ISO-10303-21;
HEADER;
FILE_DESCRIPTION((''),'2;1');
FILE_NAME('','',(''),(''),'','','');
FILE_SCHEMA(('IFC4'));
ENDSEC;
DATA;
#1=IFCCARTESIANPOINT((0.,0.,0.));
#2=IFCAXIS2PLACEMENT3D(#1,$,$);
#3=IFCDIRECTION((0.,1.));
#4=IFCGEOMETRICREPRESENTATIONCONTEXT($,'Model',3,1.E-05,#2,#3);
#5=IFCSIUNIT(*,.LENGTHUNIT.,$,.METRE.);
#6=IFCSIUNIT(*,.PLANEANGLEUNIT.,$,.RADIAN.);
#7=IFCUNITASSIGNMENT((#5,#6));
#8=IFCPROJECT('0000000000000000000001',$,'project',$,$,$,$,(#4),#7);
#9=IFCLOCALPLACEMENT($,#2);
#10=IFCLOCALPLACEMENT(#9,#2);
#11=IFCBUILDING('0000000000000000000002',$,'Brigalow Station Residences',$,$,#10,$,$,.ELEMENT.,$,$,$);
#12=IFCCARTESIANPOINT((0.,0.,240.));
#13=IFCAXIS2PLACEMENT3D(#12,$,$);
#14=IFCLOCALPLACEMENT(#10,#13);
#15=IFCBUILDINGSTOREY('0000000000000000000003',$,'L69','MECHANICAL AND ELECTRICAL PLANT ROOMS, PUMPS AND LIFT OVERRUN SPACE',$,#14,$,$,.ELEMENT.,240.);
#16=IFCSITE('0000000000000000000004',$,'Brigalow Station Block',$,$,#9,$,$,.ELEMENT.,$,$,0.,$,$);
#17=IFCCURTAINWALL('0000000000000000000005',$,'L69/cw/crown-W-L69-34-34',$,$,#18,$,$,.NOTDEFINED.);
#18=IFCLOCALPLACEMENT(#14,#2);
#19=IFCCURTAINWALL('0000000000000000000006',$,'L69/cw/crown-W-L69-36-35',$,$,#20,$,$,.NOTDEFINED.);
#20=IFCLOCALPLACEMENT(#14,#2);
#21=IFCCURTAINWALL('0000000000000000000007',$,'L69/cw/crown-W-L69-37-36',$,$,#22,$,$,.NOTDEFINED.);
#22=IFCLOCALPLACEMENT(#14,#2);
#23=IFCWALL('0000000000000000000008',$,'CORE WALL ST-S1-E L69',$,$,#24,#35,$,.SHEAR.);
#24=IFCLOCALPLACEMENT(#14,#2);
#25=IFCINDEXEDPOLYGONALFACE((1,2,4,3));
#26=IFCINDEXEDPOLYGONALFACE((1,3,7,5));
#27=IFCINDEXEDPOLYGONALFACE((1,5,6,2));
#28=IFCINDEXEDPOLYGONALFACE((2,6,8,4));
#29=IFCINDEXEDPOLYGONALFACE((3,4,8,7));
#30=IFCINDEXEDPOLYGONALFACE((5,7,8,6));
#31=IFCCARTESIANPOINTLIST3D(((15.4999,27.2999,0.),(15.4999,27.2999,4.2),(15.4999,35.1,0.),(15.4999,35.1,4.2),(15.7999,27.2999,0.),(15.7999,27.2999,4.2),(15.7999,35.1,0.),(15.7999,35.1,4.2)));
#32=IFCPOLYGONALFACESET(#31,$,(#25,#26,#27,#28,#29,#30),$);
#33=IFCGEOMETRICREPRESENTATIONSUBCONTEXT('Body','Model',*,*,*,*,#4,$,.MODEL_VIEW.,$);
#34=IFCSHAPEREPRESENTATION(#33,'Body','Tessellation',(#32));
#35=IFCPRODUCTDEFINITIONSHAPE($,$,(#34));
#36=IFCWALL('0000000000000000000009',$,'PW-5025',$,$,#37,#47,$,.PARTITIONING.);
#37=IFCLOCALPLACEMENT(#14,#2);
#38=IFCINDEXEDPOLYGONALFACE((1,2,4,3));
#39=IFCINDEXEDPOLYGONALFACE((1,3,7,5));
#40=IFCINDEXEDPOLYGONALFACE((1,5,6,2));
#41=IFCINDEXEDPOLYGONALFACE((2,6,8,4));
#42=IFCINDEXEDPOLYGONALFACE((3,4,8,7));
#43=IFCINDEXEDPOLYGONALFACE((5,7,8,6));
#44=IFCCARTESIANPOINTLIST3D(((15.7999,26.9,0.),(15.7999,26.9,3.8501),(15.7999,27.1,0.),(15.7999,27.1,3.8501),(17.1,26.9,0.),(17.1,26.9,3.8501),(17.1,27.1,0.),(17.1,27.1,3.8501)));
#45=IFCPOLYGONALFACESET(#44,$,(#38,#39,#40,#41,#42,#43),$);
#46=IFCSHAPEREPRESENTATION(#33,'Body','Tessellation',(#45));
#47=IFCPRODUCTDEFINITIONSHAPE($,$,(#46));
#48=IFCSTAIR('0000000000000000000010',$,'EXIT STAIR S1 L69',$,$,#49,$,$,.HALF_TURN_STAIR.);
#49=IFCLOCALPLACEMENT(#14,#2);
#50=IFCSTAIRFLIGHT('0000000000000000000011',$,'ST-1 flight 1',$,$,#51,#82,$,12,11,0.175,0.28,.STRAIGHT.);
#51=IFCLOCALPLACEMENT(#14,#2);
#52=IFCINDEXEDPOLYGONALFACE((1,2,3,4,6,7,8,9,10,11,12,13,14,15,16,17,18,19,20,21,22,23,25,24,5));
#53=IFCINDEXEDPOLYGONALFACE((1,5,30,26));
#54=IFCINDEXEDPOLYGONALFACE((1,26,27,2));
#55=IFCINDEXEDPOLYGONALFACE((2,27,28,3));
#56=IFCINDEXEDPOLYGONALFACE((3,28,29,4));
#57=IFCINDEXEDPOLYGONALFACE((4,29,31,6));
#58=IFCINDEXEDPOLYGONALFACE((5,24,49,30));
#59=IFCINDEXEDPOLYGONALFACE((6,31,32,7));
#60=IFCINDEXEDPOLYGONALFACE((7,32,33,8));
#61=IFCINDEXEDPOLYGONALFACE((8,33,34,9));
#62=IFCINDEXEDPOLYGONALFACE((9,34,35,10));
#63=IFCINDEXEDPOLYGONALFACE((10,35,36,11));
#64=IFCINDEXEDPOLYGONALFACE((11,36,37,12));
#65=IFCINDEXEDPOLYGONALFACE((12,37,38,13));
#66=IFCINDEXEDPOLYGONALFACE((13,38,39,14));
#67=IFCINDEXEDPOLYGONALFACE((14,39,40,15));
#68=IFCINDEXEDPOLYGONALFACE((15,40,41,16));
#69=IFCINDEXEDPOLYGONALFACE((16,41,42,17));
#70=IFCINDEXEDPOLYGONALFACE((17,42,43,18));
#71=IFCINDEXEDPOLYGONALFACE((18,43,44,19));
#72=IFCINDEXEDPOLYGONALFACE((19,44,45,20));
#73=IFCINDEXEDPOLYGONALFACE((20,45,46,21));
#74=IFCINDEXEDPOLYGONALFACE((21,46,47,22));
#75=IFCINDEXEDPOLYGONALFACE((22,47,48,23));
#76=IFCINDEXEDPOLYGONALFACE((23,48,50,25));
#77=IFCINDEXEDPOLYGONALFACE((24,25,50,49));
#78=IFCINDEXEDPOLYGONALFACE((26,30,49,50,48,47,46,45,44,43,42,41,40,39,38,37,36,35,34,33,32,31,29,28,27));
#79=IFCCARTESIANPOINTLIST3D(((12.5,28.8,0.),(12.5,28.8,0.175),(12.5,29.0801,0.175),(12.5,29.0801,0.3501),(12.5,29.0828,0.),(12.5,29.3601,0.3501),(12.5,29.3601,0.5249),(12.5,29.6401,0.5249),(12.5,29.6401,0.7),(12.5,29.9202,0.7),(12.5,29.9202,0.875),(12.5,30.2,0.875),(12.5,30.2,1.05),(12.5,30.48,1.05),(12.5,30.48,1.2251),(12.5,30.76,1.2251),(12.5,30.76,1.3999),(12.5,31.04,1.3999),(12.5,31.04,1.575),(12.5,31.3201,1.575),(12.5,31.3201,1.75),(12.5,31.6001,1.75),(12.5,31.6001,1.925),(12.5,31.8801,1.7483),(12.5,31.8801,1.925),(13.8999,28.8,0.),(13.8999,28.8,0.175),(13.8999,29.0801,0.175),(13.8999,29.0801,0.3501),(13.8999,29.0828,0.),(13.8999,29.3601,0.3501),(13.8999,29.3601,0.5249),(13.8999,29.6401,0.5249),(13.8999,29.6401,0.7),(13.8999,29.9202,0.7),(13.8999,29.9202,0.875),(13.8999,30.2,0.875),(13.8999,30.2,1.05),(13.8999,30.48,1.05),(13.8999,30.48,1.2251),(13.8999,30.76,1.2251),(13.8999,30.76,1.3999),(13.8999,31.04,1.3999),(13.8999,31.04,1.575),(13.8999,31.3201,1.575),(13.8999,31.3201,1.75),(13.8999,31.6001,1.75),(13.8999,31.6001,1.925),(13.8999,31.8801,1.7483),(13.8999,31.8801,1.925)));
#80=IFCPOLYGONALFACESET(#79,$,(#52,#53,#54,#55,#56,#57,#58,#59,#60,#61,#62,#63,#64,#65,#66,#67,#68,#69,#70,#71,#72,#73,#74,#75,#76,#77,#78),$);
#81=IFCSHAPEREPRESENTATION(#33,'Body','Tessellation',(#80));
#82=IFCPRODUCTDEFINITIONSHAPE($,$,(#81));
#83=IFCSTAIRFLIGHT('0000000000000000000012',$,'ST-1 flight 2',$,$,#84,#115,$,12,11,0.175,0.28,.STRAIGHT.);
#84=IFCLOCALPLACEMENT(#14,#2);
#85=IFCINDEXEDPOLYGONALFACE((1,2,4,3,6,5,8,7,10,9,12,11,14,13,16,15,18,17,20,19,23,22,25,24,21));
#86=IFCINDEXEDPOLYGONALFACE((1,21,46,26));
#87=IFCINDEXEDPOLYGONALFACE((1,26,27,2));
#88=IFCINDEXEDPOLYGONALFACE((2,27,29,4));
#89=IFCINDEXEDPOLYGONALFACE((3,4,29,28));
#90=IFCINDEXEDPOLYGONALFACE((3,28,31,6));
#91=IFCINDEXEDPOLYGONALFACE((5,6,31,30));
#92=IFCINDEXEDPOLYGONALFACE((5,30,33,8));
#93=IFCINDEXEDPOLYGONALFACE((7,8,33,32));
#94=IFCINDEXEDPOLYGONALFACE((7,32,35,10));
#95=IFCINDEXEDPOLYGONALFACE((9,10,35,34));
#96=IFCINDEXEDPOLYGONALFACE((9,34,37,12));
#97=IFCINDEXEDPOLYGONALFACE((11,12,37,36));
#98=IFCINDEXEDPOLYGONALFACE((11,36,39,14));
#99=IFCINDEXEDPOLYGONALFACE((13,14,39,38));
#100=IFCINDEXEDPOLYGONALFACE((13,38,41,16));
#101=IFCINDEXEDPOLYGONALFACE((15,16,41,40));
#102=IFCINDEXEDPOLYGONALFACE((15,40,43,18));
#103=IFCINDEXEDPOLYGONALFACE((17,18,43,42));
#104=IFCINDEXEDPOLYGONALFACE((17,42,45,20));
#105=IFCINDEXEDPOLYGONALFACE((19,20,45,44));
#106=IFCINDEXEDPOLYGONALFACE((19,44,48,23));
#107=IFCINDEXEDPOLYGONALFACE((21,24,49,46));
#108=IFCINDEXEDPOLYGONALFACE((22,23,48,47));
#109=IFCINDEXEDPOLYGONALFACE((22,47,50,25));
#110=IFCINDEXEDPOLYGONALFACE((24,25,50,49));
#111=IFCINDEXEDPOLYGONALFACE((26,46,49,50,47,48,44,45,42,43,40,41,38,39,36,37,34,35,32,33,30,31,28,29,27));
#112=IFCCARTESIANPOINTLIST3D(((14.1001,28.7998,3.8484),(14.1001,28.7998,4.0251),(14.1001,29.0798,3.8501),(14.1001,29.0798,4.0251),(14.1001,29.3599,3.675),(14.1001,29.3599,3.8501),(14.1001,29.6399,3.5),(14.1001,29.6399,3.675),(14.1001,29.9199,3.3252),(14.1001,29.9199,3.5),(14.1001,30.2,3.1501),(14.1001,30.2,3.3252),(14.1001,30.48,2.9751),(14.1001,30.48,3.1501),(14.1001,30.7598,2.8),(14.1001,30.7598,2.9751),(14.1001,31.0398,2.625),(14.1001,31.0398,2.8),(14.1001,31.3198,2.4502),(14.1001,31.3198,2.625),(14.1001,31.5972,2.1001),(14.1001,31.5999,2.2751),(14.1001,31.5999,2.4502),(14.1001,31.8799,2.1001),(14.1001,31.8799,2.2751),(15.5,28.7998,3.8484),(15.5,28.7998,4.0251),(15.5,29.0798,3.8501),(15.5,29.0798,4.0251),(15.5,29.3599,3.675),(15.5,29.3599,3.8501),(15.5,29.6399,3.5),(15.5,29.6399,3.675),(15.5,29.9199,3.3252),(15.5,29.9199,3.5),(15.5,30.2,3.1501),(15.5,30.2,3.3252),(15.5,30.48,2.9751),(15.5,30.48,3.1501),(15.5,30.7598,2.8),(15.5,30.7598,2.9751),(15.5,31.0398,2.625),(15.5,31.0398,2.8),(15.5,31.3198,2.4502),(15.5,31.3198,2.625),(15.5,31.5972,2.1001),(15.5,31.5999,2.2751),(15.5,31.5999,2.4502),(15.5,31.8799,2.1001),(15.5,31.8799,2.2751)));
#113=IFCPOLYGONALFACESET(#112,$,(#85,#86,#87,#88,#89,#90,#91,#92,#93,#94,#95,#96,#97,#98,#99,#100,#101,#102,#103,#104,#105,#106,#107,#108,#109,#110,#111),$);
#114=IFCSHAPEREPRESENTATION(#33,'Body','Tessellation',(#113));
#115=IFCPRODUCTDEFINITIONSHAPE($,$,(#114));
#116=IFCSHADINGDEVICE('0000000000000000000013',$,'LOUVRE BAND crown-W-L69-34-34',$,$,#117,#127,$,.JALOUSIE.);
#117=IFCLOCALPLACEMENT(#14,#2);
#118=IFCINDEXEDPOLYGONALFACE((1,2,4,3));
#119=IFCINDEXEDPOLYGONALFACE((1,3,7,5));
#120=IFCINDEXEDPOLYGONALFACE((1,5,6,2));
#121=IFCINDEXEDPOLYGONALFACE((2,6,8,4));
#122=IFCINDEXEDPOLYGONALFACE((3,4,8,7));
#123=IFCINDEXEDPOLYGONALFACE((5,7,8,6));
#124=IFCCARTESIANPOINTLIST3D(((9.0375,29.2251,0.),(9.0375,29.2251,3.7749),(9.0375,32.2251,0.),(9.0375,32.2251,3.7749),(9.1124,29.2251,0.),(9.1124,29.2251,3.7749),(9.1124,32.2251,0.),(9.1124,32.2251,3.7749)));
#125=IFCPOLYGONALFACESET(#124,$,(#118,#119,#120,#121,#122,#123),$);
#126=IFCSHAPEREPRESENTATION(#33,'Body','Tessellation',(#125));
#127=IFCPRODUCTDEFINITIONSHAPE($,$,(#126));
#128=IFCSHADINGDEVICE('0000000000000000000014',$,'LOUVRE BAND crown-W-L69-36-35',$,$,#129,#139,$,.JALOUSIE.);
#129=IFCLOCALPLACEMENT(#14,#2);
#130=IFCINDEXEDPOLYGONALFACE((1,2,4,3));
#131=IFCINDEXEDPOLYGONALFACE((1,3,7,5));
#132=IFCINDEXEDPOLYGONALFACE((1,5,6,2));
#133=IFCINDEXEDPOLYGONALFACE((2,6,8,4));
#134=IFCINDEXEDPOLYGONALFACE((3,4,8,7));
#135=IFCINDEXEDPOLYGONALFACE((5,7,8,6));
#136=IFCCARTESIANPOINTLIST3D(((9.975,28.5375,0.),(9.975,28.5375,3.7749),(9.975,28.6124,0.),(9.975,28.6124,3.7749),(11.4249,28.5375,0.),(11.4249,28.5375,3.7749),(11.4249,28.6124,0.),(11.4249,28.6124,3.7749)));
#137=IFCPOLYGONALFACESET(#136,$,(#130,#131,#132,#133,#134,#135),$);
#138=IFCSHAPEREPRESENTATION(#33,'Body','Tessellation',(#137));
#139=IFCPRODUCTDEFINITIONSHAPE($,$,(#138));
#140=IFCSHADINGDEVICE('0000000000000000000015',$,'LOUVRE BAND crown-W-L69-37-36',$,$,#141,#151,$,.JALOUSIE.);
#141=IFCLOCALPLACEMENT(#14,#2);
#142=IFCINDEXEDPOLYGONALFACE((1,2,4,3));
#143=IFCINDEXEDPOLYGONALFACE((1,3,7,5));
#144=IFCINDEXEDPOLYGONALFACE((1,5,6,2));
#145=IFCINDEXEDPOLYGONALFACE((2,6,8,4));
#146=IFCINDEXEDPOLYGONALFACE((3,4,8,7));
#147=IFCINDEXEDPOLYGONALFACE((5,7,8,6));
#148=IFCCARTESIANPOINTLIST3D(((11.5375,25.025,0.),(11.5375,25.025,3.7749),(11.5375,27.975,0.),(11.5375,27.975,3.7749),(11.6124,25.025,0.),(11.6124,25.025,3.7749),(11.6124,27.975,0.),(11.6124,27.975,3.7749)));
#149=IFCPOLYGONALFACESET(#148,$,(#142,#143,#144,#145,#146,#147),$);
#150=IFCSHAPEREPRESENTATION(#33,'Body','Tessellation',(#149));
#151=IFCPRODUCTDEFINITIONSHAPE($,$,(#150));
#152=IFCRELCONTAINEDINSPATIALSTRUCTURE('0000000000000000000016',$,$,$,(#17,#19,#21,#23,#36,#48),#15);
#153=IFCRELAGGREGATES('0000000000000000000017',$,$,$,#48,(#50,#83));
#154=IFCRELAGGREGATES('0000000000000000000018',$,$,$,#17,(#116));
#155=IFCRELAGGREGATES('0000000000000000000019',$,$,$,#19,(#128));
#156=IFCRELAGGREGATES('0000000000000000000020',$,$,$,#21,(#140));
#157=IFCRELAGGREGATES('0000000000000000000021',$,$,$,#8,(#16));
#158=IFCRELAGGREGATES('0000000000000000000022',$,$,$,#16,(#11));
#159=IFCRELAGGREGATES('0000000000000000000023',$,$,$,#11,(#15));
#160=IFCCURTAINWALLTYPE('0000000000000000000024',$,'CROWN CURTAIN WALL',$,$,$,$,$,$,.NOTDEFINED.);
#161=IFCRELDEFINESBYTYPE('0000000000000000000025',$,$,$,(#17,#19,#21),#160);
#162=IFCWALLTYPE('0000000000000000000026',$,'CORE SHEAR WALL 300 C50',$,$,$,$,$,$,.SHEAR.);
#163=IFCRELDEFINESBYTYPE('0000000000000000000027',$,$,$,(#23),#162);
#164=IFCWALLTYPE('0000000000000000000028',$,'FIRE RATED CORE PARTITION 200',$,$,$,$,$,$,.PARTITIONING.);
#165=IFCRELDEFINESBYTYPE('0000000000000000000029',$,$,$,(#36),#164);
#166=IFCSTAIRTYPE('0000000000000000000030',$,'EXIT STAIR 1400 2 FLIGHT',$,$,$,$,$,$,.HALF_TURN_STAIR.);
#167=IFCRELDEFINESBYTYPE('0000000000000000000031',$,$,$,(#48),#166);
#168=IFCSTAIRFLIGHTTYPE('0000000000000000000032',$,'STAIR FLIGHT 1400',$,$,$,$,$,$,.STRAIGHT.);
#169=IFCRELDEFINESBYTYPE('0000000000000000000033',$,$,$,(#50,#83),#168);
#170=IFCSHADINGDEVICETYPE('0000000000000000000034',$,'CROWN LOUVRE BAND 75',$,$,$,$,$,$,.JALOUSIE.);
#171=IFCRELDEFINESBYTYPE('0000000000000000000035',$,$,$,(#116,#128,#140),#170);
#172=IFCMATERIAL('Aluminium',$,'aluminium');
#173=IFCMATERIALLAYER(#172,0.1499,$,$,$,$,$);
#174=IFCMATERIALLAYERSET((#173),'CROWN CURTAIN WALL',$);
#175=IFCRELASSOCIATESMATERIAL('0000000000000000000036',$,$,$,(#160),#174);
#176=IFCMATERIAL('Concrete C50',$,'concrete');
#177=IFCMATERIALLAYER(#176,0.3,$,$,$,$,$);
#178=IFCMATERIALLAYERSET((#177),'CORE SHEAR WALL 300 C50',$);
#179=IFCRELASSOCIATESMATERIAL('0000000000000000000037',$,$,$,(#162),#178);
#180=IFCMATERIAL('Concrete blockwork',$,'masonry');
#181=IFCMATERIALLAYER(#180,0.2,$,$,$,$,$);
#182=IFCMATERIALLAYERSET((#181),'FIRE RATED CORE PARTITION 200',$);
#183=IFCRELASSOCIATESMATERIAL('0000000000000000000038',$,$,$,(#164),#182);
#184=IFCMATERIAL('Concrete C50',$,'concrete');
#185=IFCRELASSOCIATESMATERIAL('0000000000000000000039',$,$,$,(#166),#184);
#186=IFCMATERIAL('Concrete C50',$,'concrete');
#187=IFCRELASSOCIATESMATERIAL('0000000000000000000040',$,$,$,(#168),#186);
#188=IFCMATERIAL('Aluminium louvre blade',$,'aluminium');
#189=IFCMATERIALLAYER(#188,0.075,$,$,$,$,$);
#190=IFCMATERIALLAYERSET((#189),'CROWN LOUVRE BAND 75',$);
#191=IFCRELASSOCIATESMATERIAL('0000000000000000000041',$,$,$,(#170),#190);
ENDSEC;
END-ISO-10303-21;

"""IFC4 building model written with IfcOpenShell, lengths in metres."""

from ifc_helpers import new_model, si_unit, direction, frame, frame_2d, origin, origin_2d, place, context, subcontext, project, spatial, polyline, rectangle, outline, extrude, material, layer, layer_set, type_object, element, aggregate, save


model = new_model("IFC4")

# Units and contexts
model_context = context("Model", 3, precision=1e-05, world=origin(), true_north=direction((0.0, 1.0)))
body_context = subcontext(model_context, "Body", "Model", "MODEL_VIEW")
ifc_project = project(units=[si_unit("LENGTHUNIT", "METRE"), si_unit("PLANEANGLEUNIT", "RADIAN")], contexts=[model_context])

# Site, building, storey
site_placement = place(None, origin())
site = spatial("IfcSite", under=ifc_project, at=site_placement, Name="Brigalow Station Block", CompositionType="ELEMENT", RefElevation=0.0)
building_placement = place(site_placement, origin())
building = spatial("IfcBuilding", under=site, at=building_placement, Name="Brigalow Station Residences", CompositionType="ELEMENT")
storey_placement = place(building_placement, frame((0.0, 0.0, 240.0)))
storey = spatial("IfcBuildingStorey", under=building, at=storey_placement, Name="L69", Description="MECHANICAL AND ELECTRICAL PLANT ROOMS, PUMPS AND LIFT OVERRUN SPACE", CompositionType="ELEMENT", Elevation=240.0)

# Curtain wall
ifc_material_1 = material(Name="Aluminium", Category="aluminium")
ifc_layer_1 = layer(ifc_material_1, 0.1499)
ifc_layer_set_1 = layer_set([ifc_layer_1], Name="CROWN CURTAIN WALL")
curtain_wall_type = type_object("IfcCurtainWallType", Name="CROWN CURTAIN WALL", PredefinedType="NOTDEFINED", material=ifc_layer_set_1)
curtain_wall_1_placement = place(storey_placement, origin())
curtain_wall_1 = element("IfcCurtainWall", 1, at=curtain_wall_1_placement, inside=storey, type_object=curtain_wall_type, Name="L69/cw/crown-W-L69-34-34", PredefinedType="NOTDEFINED")

# Curtain walls
curtain_wall_2_placement = place(storey_placement, origin())
curtain_wall_2 = element("IfcCurtainWall", 2, at=curtain_wall_2_placement, inside=storey, type_object=curtain_wall_type, Name="L69/cw/crown-W-L69-36-35", PredefinedType="NOTDEFINED")
curtain_wall_3_placement = place(storey_placement, origin())
curtain_wall_3 = element("IfcCurtainWall", 3, at=curtain_wall_3_placement, inside=storey, type_object=curtain_wall_type, Name="L69/cw/crown-W-L69-37-36", PredefinedType="NOTDEFINED")

# Shared definitions
ifc_material_2 = material(Name="Concrete C50", Category="concrete")
ifc_layer_2 = layer(ifc_material_2, 0.3)
ifc_layer_set_2 = layer_set([ifc_layer_2], Name="CORE SHEAR WALL 300 C50")
wall_type_1 = type_object("IfcWallType", Name="CORE SHEAR WALL 300 C50", PredefinedType="SHEAR", material=ifc_layer_set_2)

# Walls
for number, where, z_axis, x_axis, name in (
    (4, (15.6499, 27.3, 0.0), (0.0, 0.0, 1.0), (0.0, 1.0, 0.0), "CORE WALL ST-S1-E L69"),
):
    element("IfcWall", number, at=place(storey_placement, frame(where, z_axis=z_axis, x_axis=x_axis)), inside=storey, type_object=wall_type_1, Name=name, PredefinedType="SHEAR", context=body_context, shape_type="SweptSolid", body=[
        extrude(rectangle(XDim=7.8, YDim=0.3, at=frame_2d((3.8999, 0.0))), origin(), (0.0, 0.0, 1.0), 4.2),
    ])
ifc_material_3 = material(Name="Concrete blockwork", Category="masonry")
ifc_layer_3 = layer(ifc_material_3, 0.2)
ifc_layer_set_3 = layer_set([ifc_layer_3], Name="FIRE RATED CORE PARTITION 200")
wall_type_2 = type_object("IfcWallType", Name="FIRE RATED CORE PARTITION 200", PredefinedType="PARTITIONING", material=ifc_layer_set_3)
wall_1_placement = place(storey_placement, frame((15.8, 27.0, 0.0), z_axis=(0.0, 0.0, 1.0), x_axis=(1.0, 0.0, 0.0)))
element("IfcWall", 5, at=wall_1_placement, inside=storey, type_object=wall_type_2, Name="PW-5025", PredefinedType="PARTITIONING", context=body_context, shape_type="SweptSolid", body=[
    extrude(rectangle(XDim=1.3, YDim=0.2, at=frame_2d((0.6499, 0.0))), origin(), (0.0, 0.0, 1.0), 3.8501),
])

# Stair, stair flights
ifc_material_4 = material(Name="Concrete C50", Category="concrete")
stair_type = type_object("IfcStairType", Name="EXIT STAIR 1400 2 FLIGHT", PredefinedType="HALF_TURN_STAIR", material=ifc_material_4)
stair_placement = place(storey_placement, origin())
stair = element("IfcStair", 6, at=stair_placement, inside=storey, type_object=stair_type, Name="EXIT STAIR S1 L69", PredefinedType="HALF_TURN_STAIR")
ifc_material_5 = material(Name="Concrete C50", Category="concrete")
stair_flight_type = type_object("IfcStairFlightType", Name="STAIR FLIGHT 1400", PredefinedType="STRAIGHT", material=ifc_material_5)
stair_flight_1_placement = place(storey_placement, frame((13.2, 28.8, 0.0), z_axis=(0.0, 0.0, 1.0), x_axis=(0.0, 1.0, 0.0)))
stair_flight_1 = element("IfcStairFlight", 7, at=stair_flight_1_placement, type_object=stair_flight_type, Name="ST-1 flight 1", NumberOfRisers=12, NumberOfTreads=11, PredefinedType="STRAIGHT", RiserHeight=0.175, TreadLength=0.28, context=body_context, shape_type="SweptSolid", body=[
    extrude(outline(polyline([(0.0, 0.0), (0.0, 0.175), (0.28, 0.175), (0.28, 0.3501), (0.5601, 0.3501), (0.5601, 0.5249), (0.8401, 0.5249), (0.8401, 0.7), (1.1201, 0.7), (1.1201, 0.875), (1.3999, 0.875), (1.3999, 1.05), (1.6799, 1.05), (1.6799, 1.2251), (1.96, 1.2251), (1.96, 1.3999), (2.24, 1.3999), (2.24, 1.575), (2.52, 1.575), (2.52, 1.75), (2.8, 1.75), (2.8, 1.925), (3.0801, 1.925), (3.0801, 2.1001), (3.0801, 1.7483), (0.2827, 0.0), (0.0, 0.0)])), frame((0.0, 0.7, 0.0), z_axis=(0.0, -1.0, 0.0), x_axis=(1.0, 0.0, 0.0)), (0.0, 0.0, 1.0), 1.3999),
])
stair_flight_2_placement = place(storey_placement, frame((14.8, 31.8799, 2.1001), z_axis=(0.0, 0.0, 1.0), x_axis=(0.0, -1.0, 0.0)))
stair_flight_2 = element("IfcStairFlight", 8, at=stair_flight_2_placement, type_object=stair_flight_type, Name="ST-1 flight 2", NumberOfRisers=12, NumberOfTreads=11, PredefinedType="STRAIGHT", RiserHeight=0.175, TreadLength=0.28, context=body_context, shape_type="SweptSolid", body=[
    extrude(outline(polyline([(0.0, 0.0), (0.0, 0.175), (0.28, 0.175), (0.28, 0.3501), (0.5601, 0.3501), (0.5601, 0.5249), (0.8401, 0.5249), (0.8401, 0.7), (1.1201, 0.7), (1.1201, 0.875), (1.3999, 0.875), (1.3999, 1.05), (1.6799, 1.05), (1.6799, 1.2251), (1.96, 1.2251), (1.96, 1.3999), (2.24, 1.3999), (2.24, 1.575), (2.52, 1.575), (2.52, 1.75), (2.8, 1.75), (2.8, 1.925), (3.0801, 1.925), (3.0801, 2.1001), (3.0801, 1.7483), (0.2827, 0.0), (0.0, 0.0)])), frame((0.0, 0.7, 0.0), z_axis=(0.0, -1.0, 0.0), x_axis=(1.0, 0.0, 0.0)), (0.0, 0.0, 1.0), 1.3999),
])
aggregate(stair, [stair_flight_1, stair_flight_2])

# Shading devices
ifc_material_6 = material(Name="Aluminium louvre blade", Category="aluminium")
ifc_layer_4 = layer(ifc_material_6, 0.075)
ifc_layer_set_4 = layer_set([ifc_layer_4], Name="CROWN LOUVRE BAND 75")
shading_device_type = type_object("IfcShadingDeviceType", Name="CROWN LOUVRE BAND 75", PredefinedType="JALOUSIE", material=ifc_layer_set_4)
shading_device_1_placement = place(storey_placement, frame((9.075, 30.7251, 0.0), z_axis=(0.0, 0.0, 1.0), x_axis=(0.0, -1.0, 0.0)))
shading_device_1 = element("IfcShadingDevice", 9, at=shading_device_1_placement, type_object=shading_device_type, Name="LOUVRE BAND crown-W-L69-34-34", PredefinedType="JALOUSIE", context=body_context, shape_type="SweptSolid", body=[
    extrude(rectangle(XDim=3.0, YDim=0.075, at=origin_2d()), origin(), (0.0, 0.0, 1.0), 3.7749),
])
aggregate(curtain_wall_1, [shading_device_1])
shading_device_2_placement = place(storey_placement, frame((10.7, 28.575, 0.0), z_axis=(0.0, 0.0, 1.0), x_axis=(1.0, 0.0, 0.0)))
shading_device_2 = element("IfcShadingDevice", 10, at=shading_device_2_placement, type_object=shading_device_type, Name="LOUVRE BAND crown-W-L69-36-35", PredefinedType="JALOUSIE", context=body_context, shape_type="SweptSolid", body=[
    extrude(rectangle(XDim=1.45, YDim=0.075, at=origin_2d()), origin(), (0.0, 0.0, 1.0), 3.7749),
])
aggregate(curtain_wall_2, [shading_device_2])
shading_device_3_placement = place(storey_placement, frame((11.575, 26.5, 0.0), z_axis=(0.0, 0.0, 1.0), x_axis=(0.0, -1.0, 0.0)))
shading_device_3 = element("IfcShadingDevice", 11, at=shading_device_3_placement, type_object=shading_device_type, Name="LOUVRE BAND crown-W-L69-37-36", PredefinedType="JALOUSIE", context=body_context, shape_type="SweptSolid", body=[
    extrude(rectangle(XDim=2.95, YDim=0.075, at=origin_2d()), origin(), (0.0, 0.0, 1.0), 3.7749),
])
aggregate(curtain_wall_3, [shading_device_3])

save(model, "model.ifc")
